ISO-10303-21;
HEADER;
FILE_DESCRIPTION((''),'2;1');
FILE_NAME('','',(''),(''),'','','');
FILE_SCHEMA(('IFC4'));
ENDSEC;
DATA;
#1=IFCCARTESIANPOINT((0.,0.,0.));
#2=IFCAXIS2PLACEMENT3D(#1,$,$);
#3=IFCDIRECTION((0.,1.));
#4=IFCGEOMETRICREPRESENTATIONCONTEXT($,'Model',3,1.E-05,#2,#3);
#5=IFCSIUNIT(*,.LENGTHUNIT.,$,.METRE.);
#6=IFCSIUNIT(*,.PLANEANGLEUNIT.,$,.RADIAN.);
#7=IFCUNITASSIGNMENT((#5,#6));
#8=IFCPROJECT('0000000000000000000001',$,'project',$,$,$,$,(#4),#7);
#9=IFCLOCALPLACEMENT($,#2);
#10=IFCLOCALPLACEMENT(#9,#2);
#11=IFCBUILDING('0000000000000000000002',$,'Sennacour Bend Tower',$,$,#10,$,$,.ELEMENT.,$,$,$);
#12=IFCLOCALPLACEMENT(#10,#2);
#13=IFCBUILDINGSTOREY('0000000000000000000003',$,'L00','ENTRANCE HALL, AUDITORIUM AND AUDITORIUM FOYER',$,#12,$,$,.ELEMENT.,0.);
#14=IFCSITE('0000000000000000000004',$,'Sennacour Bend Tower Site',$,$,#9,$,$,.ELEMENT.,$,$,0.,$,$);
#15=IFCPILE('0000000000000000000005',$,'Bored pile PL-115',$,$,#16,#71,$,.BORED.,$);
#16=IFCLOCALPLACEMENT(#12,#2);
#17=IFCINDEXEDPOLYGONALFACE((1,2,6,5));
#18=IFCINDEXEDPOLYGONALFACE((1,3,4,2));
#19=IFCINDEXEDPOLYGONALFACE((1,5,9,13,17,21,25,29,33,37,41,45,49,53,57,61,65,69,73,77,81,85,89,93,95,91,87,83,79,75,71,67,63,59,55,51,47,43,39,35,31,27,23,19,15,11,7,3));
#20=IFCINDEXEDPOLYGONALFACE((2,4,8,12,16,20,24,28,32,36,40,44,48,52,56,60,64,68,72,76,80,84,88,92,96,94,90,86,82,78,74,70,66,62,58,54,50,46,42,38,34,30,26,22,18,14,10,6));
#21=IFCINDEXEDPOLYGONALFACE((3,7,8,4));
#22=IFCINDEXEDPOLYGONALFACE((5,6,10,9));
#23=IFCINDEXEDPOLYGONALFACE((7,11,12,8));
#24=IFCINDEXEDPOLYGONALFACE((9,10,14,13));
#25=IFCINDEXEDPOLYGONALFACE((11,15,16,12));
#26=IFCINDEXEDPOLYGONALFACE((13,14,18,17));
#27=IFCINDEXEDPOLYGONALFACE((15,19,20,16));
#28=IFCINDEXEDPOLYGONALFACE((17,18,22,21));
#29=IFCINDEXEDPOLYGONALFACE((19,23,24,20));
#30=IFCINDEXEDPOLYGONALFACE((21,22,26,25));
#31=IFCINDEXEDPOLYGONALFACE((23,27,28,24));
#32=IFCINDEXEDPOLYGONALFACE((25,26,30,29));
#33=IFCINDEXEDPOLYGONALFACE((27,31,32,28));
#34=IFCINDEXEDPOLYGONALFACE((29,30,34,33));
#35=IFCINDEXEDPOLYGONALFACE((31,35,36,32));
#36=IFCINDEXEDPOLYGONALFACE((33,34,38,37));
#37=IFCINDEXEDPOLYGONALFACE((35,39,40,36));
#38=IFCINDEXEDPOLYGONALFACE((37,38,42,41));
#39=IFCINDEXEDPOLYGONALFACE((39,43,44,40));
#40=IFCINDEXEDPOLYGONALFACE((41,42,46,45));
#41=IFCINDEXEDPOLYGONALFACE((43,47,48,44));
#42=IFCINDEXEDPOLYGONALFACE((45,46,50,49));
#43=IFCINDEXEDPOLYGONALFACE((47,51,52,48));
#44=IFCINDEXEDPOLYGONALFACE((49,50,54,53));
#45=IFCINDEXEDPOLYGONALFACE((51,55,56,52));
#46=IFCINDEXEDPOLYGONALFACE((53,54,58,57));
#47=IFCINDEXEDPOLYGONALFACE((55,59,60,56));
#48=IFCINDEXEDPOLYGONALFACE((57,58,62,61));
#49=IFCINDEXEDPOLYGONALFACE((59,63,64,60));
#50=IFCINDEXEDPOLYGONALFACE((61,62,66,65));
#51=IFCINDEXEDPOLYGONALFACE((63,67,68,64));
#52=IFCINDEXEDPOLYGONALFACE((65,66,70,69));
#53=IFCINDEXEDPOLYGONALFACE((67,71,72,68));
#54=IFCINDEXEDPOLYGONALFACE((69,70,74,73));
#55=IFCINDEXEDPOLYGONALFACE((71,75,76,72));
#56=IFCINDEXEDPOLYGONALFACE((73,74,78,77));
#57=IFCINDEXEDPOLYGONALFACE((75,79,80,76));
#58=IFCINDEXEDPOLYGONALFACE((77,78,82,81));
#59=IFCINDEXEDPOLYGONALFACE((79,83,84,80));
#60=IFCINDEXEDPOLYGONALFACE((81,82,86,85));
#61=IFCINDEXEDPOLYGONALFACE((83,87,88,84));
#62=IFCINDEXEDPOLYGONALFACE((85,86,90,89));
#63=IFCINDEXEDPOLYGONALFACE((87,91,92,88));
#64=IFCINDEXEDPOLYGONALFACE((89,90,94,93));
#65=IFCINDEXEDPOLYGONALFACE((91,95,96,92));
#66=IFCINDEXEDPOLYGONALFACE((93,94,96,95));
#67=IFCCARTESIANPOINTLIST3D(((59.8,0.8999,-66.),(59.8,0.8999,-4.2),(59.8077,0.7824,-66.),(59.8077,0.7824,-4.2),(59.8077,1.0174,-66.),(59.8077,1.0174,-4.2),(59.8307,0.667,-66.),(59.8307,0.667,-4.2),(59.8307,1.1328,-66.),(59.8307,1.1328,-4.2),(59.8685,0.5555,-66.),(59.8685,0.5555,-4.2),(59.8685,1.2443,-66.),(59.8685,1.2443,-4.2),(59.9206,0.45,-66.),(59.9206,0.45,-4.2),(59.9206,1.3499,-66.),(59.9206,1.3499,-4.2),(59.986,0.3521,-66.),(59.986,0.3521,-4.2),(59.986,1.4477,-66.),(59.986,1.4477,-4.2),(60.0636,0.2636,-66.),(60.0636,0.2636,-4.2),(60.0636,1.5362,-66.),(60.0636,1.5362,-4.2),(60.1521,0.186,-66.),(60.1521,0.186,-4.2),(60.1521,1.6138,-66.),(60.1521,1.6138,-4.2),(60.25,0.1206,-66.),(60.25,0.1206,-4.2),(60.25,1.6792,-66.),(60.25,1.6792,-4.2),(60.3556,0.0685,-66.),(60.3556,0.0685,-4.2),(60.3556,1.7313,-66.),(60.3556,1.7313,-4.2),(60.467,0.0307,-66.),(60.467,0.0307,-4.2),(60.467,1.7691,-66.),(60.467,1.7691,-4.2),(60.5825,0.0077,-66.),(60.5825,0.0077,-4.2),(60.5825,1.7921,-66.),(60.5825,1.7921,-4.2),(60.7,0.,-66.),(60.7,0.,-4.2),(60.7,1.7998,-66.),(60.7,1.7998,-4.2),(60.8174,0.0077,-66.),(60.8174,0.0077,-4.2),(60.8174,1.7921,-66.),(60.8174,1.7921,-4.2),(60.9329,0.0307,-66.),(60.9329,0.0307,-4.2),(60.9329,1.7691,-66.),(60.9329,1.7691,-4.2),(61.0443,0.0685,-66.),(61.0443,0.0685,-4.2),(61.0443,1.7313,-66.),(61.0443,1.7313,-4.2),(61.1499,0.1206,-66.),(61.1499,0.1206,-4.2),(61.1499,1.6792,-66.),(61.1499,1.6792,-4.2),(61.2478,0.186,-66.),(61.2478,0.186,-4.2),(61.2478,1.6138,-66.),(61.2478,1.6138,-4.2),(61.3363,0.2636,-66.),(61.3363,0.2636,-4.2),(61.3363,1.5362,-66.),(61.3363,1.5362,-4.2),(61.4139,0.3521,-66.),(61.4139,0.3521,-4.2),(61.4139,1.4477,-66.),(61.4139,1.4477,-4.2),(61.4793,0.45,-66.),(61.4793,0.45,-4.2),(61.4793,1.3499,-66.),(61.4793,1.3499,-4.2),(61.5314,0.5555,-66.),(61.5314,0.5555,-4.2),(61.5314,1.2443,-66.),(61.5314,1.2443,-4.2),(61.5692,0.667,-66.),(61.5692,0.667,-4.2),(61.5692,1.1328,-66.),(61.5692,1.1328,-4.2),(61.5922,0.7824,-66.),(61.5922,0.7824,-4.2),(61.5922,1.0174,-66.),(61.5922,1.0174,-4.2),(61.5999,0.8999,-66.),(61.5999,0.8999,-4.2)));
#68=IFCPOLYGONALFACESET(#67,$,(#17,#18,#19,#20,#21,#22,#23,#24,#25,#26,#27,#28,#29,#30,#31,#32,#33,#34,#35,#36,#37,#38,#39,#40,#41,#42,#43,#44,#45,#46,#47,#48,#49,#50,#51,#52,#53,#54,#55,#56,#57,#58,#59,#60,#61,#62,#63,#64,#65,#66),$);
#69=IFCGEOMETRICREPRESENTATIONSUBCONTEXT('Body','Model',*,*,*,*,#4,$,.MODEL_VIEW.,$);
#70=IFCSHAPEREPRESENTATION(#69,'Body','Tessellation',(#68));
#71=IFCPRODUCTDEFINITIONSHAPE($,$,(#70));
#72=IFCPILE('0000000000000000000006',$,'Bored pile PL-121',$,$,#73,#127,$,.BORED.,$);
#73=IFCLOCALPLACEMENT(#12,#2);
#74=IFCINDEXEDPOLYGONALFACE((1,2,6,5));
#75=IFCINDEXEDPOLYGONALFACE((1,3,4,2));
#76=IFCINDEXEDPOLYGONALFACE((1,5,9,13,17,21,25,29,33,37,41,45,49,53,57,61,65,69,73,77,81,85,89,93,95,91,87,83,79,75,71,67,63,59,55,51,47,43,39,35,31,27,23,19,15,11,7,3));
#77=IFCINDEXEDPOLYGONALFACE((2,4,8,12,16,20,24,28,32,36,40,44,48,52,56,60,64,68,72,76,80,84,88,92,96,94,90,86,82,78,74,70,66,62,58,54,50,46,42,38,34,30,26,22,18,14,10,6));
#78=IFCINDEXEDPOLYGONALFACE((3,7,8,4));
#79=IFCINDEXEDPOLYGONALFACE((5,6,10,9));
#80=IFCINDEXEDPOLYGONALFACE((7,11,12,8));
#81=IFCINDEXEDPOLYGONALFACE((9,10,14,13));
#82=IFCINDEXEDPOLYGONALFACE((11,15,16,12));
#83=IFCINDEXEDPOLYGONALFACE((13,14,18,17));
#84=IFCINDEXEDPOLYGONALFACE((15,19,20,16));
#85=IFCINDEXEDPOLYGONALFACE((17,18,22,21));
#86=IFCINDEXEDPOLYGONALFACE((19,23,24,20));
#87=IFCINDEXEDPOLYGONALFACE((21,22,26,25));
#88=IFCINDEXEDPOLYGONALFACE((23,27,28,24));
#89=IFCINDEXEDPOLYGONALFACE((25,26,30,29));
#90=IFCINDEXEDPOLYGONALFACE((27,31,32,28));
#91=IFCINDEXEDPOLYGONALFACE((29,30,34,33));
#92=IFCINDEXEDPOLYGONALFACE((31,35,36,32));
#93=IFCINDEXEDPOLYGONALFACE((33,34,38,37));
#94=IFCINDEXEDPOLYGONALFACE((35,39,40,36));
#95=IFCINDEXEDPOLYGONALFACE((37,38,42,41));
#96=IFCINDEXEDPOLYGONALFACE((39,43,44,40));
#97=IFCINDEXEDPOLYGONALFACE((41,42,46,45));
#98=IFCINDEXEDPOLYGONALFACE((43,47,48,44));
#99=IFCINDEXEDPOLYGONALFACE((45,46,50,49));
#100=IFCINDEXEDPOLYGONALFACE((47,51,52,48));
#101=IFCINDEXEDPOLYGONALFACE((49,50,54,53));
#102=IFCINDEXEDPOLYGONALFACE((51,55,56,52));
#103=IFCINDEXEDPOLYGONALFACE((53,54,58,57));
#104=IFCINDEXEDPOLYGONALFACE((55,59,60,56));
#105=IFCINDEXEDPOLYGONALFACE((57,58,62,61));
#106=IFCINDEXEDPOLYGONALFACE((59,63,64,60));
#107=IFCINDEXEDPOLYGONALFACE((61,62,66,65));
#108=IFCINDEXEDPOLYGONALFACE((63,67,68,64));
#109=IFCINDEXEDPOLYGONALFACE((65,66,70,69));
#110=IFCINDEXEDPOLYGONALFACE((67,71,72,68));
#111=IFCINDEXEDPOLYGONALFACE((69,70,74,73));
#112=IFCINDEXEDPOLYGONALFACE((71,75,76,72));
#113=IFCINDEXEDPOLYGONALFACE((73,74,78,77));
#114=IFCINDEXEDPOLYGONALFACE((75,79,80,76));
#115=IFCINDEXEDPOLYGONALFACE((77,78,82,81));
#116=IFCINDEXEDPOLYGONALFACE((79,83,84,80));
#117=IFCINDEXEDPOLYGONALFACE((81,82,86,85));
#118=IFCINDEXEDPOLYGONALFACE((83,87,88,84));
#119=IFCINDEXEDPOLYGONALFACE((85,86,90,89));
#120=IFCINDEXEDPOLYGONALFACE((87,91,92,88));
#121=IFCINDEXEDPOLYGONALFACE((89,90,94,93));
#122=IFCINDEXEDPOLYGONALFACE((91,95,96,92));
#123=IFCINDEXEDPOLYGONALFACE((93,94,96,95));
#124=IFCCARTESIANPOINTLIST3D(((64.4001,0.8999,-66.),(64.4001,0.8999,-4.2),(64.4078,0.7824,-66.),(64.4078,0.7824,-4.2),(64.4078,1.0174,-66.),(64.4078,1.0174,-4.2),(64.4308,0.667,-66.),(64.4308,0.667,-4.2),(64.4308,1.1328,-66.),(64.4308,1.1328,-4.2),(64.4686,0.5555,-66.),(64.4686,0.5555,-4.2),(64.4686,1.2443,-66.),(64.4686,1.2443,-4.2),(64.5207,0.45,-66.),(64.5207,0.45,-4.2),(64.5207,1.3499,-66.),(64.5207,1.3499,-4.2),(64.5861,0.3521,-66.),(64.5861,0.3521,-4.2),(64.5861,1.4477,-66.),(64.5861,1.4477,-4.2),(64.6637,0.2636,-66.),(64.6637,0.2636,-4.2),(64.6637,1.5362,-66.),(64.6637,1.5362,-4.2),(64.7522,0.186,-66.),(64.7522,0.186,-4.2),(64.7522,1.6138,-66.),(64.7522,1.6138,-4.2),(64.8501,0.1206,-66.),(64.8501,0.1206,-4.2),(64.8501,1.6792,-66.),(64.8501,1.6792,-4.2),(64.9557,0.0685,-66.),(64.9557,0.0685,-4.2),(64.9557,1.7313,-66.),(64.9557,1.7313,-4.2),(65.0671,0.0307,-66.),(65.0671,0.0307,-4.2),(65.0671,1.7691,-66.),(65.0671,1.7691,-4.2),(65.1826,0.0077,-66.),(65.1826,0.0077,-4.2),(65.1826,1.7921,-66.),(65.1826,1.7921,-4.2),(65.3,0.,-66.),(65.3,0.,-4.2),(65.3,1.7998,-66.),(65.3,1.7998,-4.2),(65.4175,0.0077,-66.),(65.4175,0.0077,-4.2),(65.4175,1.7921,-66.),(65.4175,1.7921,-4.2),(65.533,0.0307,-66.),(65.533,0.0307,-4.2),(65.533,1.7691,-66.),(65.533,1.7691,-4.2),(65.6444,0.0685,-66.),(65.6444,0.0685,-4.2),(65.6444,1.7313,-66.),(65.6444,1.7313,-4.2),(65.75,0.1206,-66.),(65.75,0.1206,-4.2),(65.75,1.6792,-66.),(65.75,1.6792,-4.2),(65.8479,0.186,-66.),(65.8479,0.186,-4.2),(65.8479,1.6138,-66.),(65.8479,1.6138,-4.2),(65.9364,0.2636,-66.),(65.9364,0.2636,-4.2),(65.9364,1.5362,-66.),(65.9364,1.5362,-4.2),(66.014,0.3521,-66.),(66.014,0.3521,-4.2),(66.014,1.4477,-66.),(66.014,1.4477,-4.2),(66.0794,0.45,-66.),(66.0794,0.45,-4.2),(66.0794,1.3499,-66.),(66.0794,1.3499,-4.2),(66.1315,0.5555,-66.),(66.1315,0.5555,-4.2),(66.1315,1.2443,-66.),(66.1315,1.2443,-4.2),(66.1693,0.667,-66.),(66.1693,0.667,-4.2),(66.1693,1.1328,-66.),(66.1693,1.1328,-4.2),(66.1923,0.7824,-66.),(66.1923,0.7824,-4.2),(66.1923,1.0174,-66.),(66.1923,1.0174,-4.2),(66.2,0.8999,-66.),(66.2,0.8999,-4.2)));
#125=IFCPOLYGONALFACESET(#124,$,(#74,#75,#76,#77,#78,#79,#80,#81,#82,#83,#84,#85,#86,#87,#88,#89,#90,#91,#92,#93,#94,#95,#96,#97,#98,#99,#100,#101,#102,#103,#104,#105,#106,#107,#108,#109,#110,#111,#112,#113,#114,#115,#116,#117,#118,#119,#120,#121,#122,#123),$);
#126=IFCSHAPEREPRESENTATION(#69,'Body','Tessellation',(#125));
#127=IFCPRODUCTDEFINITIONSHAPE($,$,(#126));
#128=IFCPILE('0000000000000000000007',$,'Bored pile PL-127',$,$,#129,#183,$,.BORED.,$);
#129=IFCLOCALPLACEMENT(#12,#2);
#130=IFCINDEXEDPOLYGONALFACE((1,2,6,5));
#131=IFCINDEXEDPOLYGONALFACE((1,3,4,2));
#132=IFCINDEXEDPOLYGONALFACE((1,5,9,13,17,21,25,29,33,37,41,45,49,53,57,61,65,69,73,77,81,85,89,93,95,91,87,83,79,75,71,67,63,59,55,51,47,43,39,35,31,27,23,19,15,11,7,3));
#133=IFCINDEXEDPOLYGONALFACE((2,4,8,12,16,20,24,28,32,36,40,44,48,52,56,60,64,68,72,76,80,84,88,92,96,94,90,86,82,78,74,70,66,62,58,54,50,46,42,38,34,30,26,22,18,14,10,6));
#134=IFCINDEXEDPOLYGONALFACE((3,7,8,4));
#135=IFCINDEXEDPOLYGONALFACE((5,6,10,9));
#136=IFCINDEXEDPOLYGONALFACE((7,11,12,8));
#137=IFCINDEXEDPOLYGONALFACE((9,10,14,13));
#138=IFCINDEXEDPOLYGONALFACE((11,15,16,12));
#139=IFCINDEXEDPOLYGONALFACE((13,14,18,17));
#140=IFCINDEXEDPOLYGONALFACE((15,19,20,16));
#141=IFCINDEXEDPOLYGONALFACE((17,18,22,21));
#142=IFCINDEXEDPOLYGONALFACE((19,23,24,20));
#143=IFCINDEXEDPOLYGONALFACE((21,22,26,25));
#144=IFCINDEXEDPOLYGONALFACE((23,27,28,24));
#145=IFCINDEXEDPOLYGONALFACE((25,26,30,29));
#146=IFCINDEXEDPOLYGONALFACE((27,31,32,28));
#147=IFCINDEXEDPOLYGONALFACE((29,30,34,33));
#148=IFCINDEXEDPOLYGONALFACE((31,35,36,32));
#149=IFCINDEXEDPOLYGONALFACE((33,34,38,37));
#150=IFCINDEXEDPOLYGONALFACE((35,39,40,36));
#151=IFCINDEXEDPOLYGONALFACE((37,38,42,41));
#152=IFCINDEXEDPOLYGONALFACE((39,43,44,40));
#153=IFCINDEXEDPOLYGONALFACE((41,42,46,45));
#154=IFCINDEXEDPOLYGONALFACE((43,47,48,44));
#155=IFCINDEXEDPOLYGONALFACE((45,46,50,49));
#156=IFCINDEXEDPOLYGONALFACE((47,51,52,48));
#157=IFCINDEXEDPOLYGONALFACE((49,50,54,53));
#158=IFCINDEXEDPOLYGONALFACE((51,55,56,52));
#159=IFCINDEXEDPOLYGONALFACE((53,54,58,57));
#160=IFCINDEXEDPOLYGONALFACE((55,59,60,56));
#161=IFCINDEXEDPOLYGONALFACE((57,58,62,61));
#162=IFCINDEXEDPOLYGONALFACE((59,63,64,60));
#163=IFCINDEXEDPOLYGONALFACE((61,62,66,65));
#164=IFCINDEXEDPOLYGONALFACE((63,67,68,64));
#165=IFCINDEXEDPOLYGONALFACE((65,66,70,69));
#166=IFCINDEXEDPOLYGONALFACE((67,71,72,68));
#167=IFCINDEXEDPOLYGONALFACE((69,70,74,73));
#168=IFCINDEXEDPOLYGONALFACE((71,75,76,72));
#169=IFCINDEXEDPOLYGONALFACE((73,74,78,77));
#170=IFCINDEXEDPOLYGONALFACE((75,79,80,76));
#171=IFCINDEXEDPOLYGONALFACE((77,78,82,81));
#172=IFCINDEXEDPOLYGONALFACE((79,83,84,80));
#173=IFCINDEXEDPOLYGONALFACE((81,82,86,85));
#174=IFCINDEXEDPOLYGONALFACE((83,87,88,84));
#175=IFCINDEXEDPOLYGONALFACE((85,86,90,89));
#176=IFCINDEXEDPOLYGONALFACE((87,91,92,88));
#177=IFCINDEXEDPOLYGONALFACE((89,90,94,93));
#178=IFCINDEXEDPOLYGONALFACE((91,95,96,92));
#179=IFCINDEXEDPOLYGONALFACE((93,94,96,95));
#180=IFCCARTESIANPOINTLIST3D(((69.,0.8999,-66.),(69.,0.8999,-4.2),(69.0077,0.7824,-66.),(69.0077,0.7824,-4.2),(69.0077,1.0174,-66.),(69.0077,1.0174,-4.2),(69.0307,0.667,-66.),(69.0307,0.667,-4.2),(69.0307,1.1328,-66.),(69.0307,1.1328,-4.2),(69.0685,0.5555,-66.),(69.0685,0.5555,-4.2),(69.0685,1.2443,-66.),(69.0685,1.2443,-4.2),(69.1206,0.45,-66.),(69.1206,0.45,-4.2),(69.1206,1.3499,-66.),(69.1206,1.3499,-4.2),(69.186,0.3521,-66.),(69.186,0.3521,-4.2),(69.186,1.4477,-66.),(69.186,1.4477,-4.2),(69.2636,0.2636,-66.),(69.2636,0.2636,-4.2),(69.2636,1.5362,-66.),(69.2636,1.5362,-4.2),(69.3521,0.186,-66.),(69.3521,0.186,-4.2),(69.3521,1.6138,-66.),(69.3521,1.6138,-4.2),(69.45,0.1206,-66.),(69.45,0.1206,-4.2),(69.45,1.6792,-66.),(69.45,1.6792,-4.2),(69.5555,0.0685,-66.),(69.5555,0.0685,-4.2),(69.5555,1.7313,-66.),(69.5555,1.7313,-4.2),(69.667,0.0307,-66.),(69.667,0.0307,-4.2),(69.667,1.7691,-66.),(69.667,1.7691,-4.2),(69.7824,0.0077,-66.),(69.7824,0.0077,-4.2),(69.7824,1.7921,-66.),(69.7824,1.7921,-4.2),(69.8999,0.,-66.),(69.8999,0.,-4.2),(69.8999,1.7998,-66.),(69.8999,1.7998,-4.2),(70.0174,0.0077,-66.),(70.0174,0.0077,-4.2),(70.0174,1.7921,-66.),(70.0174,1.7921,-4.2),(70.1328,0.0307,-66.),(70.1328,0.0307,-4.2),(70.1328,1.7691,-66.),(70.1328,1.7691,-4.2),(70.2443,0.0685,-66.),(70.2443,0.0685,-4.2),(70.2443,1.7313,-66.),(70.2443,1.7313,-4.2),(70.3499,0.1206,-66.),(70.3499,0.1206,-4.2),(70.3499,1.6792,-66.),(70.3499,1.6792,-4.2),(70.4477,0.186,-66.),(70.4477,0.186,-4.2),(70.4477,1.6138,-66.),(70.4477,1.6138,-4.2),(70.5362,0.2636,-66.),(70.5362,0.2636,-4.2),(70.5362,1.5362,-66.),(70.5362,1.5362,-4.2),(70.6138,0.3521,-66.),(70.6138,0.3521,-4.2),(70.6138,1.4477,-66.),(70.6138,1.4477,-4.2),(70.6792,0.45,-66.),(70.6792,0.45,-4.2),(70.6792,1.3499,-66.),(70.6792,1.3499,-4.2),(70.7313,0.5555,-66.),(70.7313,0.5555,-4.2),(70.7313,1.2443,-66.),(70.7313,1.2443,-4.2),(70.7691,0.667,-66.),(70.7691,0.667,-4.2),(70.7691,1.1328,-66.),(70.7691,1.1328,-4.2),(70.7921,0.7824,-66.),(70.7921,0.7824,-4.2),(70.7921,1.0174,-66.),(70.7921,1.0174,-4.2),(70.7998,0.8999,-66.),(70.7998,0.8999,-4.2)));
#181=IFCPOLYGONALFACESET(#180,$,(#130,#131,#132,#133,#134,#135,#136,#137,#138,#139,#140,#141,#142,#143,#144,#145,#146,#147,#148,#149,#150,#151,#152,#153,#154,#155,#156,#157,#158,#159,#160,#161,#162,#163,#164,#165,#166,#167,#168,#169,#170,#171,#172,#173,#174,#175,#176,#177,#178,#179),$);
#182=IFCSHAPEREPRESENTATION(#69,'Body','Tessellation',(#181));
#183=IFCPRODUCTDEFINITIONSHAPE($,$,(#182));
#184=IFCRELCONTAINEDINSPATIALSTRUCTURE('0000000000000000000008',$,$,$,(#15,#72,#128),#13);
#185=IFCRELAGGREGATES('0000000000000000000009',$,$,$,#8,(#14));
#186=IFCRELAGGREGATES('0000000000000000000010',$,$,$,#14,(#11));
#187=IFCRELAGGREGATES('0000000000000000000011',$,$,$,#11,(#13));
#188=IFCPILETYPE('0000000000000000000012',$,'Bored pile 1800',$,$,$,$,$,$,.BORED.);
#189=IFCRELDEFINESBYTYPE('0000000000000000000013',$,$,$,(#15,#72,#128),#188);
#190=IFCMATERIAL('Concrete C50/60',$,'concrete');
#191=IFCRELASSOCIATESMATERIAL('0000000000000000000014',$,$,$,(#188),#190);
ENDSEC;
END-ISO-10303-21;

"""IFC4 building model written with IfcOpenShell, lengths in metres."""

from ifc_helpers import new_model, si_unit, direction, frame, origin, origin_2d, place, context, subcontext, project, spatial, circle, extrude, material, material_profile, profile_set, type_object, element, save


model = new_model("IFC4")

# Units and contexts
model_context = context("Model", 3, precision=1e-05, world=origin(), true_north=direction((0.0, 1.0)))
body_context = subcontext(model_context, "Body", "Model", "MODEL_VIEW")
ifc_project = project(units=[si_unit("LENGTHUNIT", "METRE"), si_unit("PLANEANGLEUNIT", "RADIAN")], contexts=[model_context])

# Site, building, storey
site_placement = place(None, origin())
site = spatial("IfcSite", under=ifc_project, at=site_placement, Name="Sennacour Bend Tower Site", CompositionType="ELEMENT", RefElevation=0.0)
building_placement = place(site_placement, origin())
building = spatial("IfcBuilding", under=site, at=building_placement, Name="Sennacour Bend Tower", CompositionType="ELEMENT")
storey_placement = place(building_placement, origin())
storey = spatial("IfcBuildingStorey", under=building, at=storey_placement, Name="L00", Description="ENTRANCE HALL, AUDITORIUM AND AUDITORIUM FOYER", CompositionType="ELEMENT", Elevation=0.0)

# Piles
ifc_material_1 = material(Name="Concrete C50/60", Category="concrete")
ifc_material_profile = material_profile(ifc_material_1, circle(Radius=0.8999, at=origin_2d()), Name="Concrete C50/60", Category="concrete")
ifc_profile_set = profile_set([ifc_material_profile], Name="Concrete C50/60")
pile_type = type_object("IfcPileType", Name="Bored pile 1800", PredefinedType="BORED", material=ifc_profile_set)
for number, where, z_axis, x_axis, name in (
    (1, (60.7, 0.8999, -4.2), (0.0, 0.0, -1.0), (1.0, 0.0, 0.0), "Bored pile PL-115"),
    (2, (65.3, 0.8999, -4.2), (0.0, 0.0, -1.0), (1.0, 0.0, 0.0), "Bored pile PL-121"),
    (3, (69.8999, 0.8999, -4.2), (0.0, 0.0, -1.0), (1.0, 0.0, 0.0), "Bored pile PL-127"),
):
    element("IfcPile", number, at=place(storey_placement, frame(where, z_axis=z_axis, x_axis=x_axis)), inside=storey, type_object=pile_type, Name=name, PredefinedType="BORED", context=body_context, shape_type="SweptSolid", body=[
        extrude(circle(Radius=0.8999, at=origin_2d()), origin(), (0.0, 0.0, 1.0), 61.8),
    ])

save(model, "model.ifc")
